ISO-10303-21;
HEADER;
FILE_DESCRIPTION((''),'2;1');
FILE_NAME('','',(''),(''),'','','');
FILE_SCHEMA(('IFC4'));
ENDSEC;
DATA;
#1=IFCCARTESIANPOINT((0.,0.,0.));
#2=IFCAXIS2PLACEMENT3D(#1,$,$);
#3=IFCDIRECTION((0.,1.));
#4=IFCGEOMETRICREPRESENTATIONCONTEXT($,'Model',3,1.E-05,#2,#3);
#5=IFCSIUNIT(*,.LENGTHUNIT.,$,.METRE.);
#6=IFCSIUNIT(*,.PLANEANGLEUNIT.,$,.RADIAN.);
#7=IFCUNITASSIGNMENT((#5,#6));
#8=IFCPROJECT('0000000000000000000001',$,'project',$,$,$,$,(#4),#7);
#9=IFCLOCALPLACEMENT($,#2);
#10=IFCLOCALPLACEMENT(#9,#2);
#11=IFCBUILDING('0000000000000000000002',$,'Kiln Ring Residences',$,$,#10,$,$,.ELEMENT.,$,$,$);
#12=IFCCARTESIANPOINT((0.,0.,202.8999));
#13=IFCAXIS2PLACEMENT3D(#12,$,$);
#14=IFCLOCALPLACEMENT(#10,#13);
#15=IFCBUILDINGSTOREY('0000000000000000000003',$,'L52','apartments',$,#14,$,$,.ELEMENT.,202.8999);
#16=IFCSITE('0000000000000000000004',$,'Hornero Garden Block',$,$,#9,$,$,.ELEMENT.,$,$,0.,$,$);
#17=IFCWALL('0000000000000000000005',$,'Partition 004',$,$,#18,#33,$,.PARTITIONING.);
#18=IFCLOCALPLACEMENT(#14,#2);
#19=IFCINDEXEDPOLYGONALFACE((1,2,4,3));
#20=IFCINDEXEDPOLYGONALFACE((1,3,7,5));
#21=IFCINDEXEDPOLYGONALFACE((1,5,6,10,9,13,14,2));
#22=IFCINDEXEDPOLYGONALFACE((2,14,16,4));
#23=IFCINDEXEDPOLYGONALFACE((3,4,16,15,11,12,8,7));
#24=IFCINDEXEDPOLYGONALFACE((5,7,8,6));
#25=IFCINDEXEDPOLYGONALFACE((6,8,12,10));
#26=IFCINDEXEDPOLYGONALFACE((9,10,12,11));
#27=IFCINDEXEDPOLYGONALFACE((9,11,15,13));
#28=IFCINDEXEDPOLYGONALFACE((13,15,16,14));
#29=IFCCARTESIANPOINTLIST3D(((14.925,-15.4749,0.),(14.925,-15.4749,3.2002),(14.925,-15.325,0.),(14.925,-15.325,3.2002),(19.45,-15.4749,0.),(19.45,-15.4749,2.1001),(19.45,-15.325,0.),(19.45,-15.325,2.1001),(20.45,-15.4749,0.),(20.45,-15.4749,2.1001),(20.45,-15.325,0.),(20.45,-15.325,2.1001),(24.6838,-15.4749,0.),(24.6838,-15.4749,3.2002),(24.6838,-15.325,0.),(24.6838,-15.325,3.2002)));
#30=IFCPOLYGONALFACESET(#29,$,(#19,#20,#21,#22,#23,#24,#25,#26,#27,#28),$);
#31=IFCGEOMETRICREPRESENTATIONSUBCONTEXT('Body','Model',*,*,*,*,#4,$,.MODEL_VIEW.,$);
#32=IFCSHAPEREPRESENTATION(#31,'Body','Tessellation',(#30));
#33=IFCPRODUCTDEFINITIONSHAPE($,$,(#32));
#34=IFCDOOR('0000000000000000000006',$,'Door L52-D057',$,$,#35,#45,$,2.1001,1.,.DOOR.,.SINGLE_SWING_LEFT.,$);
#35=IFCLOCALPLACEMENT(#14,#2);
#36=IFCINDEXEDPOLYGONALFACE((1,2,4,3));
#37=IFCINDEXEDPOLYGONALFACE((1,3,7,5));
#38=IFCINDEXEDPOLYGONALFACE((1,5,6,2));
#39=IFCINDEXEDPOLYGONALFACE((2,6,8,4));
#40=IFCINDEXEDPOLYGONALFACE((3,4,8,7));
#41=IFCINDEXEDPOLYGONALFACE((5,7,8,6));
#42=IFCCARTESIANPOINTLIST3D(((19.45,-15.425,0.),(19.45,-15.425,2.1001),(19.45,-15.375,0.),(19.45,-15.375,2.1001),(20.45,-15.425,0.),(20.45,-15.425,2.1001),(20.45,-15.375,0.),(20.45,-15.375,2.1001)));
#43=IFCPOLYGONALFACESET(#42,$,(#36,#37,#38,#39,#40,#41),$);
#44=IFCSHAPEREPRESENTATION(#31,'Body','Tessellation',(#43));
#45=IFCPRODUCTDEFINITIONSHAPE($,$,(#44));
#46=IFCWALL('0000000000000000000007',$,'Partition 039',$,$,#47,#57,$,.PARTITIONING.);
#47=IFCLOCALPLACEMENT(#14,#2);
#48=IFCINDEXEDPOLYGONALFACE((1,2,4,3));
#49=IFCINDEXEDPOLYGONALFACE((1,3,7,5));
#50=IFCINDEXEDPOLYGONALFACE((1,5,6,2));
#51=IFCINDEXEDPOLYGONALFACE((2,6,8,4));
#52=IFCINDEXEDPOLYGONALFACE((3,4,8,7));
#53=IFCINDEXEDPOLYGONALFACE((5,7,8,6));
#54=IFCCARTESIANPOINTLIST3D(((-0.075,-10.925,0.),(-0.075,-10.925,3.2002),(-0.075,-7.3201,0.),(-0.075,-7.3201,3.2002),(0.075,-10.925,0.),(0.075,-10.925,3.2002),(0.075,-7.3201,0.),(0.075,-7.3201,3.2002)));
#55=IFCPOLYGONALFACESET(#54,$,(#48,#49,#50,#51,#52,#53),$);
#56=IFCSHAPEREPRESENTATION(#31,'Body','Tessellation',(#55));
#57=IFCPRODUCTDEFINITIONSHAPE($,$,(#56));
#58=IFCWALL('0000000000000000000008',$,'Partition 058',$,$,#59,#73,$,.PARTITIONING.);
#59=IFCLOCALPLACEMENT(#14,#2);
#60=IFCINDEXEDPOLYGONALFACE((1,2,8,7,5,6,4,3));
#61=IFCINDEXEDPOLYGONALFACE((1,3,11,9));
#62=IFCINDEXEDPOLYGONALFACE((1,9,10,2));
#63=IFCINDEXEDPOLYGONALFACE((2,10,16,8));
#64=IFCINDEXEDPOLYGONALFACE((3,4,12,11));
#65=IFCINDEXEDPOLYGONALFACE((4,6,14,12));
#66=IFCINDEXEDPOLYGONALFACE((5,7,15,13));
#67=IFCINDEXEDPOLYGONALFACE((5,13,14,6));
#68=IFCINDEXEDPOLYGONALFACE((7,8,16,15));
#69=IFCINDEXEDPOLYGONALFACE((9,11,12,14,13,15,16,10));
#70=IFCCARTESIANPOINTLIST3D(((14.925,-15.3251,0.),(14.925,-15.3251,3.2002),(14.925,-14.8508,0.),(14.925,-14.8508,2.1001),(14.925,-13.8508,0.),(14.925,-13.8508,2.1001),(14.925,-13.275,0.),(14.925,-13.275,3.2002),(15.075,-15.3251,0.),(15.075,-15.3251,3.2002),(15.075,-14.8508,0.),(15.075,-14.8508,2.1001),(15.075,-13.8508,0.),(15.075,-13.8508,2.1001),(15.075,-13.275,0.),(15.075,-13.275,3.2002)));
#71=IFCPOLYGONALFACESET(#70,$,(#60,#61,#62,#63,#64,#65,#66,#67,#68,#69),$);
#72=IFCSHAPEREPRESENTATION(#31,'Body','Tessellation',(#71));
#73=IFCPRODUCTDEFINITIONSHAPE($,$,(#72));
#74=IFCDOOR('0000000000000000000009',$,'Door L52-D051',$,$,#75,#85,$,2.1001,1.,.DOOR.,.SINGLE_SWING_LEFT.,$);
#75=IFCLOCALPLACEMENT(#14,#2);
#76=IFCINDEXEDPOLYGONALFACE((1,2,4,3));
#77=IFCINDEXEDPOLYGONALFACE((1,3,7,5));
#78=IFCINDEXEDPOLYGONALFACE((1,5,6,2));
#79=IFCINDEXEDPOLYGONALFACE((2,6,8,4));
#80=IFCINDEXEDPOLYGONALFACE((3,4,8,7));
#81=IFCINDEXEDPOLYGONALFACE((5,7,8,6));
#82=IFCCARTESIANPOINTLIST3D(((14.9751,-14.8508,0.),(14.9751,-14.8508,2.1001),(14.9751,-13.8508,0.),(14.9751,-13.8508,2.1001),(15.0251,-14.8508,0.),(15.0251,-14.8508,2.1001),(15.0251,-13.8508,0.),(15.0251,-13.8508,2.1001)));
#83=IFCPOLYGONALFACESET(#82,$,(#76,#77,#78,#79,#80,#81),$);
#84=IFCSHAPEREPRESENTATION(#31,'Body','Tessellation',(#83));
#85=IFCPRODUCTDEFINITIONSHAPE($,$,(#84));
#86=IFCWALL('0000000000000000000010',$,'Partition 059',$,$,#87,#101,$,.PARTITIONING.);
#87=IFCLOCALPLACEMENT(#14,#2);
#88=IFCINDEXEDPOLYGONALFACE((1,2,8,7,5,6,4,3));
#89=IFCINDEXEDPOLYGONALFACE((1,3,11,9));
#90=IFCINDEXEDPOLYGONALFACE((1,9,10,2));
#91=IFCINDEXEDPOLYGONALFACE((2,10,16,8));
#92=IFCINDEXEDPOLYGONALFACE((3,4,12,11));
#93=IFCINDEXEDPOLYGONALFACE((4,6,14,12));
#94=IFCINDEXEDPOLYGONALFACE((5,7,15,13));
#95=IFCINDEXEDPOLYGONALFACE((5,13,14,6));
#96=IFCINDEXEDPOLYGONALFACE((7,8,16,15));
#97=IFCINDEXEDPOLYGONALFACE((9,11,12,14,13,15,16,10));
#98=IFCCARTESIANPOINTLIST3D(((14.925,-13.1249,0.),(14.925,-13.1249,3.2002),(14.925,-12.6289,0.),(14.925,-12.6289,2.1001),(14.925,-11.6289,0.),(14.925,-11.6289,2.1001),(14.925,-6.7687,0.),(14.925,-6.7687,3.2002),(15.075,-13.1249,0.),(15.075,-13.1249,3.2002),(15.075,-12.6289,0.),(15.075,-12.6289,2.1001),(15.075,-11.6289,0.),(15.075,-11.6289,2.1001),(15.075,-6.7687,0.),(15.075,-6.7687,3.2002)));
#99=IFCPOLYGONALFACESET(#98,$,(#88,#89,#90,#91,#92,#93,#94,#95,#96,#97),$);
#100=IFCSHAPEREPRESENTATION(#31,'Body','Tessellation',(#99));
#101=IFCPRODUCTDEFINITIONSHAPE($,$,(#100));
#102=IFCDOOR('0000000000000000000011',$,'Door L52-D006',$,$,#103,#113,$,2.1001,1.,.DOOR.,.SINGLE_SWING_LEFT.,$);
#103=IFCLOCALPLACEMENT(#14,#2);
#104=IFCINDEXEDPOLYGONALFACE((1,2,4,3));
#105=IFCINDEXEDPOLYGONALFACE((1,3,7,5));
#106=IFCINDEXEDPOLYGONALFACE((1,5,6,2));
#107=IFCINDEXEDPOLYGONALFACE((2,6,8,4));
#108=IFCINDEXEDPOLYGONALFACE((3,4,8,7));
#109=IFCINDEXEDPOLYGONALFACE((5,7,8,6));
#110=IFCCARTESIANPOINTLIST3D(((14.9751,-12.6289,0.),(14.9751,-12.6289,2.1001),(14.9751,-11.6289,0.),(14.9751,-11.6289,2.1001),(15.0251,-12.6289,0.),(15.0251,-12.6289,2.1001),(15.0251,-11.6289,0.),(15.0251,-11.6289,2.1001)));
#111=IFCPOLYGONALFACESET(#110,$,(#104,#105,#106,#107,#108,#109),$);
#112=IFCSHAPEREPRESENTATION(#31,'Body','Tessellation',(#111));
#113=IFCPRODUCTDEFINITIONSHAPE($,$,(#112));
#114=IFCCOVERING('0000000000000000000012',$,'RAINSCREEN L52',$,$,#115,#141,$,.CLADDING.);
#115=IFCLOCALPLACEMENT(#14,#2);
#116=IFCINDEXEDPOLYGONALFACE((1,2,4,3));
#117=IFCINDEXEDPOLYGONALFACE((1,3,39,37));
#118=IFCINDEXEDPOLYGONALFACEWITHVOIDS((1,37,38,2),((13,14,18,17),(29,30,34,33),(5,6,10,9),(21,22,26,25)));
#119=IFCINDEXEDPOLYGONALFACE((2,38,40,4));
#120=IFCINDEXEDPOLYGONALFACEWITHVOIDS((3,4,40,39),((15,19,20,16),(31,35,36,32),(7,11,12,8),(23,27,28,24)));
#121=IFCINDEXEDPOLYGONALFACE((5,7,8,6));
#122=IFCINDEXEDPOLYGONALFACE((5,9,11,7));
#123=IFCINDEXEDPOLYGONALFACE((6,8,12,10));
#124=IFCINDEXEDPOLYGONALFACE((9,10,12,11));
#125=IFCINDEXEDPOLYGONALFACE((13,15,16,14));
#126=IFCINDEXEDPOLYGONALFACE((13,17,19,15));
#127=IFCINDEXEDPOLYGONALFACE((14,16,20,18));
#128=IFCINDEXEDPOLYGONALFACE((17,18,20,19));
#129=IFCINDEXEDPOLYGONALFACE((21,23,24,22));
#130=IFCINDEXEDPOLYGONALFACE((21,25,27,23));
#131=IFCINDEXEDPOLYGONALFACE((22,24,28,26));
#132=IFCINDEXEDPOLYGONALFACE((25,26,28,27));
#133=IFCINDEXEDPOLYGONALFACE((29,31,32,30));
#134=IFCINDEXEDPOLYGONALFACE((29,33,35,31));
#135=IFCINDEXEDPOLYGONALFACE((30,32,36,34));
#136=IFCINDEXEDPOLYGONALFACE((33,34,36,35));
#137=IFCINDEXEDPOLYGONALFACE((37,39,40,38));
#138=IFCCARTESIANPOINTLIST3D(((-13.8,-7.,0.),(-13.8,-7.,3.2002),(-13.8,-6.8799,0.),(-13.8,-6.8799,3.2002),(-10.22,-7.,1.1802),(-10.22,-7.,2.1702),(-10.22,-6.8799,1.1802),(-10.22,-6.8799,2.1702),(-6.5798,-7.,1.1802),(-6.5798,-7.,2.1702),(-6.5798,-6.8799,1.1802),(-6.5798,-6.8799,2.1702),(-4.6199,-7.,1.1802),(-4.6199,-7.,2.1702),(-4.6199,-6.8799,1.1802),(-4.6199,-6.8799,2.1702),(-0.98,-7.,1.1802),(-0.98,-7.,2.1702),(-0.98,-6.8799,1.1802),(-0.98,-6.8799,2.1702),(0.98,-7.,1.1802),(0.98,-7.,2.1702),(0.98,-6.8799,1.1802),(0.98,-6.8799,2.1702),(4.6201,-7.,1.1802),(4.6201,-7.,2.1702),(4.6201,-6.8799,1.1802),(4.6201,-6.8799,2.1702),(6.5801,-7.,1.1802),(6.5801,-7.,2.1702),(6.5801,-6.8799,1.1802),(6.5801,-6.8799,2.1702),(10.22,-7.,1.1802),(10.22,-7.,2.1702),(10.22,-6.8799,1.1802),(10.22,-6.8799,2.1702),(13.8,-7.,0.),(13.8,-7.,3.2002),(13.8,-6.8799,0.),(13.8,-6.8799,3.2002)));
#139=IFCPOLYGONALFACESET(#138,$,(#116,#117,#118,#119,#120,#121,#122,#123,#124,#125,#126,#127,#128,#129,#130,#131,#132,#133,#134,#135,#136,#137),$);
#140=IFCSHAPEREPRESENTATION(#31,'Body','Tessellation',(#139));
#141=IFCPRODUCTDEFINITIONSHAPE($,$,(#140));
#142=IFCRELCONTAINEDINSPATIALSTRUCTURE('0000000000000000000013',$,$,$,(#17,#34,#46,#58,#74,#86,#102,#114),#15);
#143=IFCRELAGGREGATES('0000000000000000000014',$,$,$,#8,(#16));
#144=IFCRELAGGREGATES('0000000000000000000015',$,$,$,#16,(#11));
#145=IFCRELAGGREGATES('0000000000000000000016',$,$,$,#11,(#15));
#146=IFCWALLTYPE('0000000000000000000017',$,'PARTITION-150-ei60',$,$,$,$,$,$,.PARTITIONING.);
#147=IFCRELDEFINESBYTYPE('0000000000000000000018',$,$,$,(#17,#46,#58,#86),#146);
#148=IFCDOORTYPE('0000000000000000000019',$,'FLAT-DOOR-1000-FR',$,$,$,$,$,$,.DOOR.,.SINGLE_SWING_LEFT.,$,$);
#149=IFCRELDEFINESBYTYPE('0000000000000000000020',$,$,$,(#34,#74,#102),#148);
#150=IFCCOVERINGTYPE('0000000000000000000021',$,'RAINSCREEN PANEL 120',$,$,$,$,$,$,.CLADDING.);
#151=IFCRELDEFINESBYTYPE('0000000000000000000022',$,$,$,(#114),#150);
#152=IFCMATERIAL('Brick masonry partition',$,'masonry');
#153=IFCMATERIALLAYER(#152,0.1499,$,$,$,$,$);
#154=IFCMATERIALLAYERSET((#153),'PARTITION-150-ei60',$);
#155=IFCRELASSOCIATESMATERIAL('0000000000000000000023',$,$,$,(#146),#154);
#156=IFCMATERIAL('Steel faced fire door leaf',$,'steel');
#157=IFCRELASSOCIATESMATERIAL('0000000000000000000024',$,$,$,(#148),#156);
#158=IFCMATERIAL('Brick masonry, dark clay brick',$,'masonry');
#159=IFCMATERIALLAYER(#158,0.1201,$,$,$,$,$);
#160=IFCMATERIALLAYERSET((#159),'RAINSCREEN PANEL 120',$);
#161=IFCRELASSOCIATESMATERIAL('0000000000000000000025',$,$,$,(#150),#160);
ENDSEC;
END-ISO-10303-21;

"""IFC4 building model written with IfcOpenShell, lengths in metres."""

from ifc_helpers import new_model, si_unit, direction, frame, frame_2d, origin, place, context, subcontext, project, spatial, polyline, rectangle, outline, extrude, material, layer, layer_set, type_object, element, fill, save


model = new_model("IFC4")

# Units and contexts
model_context = context("Model", 3, precision=1e-05, world=origin(), true_north=direction((0.0, 1.0)))
body_context = subcontext(model_context, "Body", "Model", "MODEL_VIEW")
ifc_project = project(units=[si_unit("LENGTHUNIT", "METRE"), si_unit("PLANEANGLEUNIT", "RADIAN")], contexts=[model_context])

# Site, building, storey
site_placement = place(None, origin())
site = spatial("IfcSite", under=ifc_project, at=site_placement, Name="Hornero Garden Block", CompositionType="ELEMENT", RefElevation=0.0)
building_placement = place(site_placement, origin())
building = spatial("IfcBuilding", under=site, at=building_placement, Name="Kiln Ring Residences", CompositionType="ELEMENT")
storey_placement = place(building_placement, frame((0.0, 0.0, 202.8999)))
storey = spatial("IfcBuildingStorey", under=building, at=storey_placement, Name="L52", Description="apartments", CompositionType="ELEMENT", Elevation=202.8999)

# Wall, opening, door
ifc_material_1 = material(Name="Brick masonry partition", Category="masonry")
ifc_layer_1 = layer(ifc_material_1, 0.1499)
ifc_layer_set_1 = layer_set([ifc_layer_1], Name="PARTITION-150-ei60")
wall_type_1 = type_object("IfcWallType", Name="PARTITION-150-ei60", PredefinedType="PARTITIONING", material=ifc_layer_set_1)
wall_1_placement = place(storey_placement, frame((14.925, -15.3999, 0.0), z_axis=(0.0, 0.0, 1.0), x_axis=(1.0, 0.0, 0.0)))
wall_1 = element("IfcWall", 1, at=wall_1_placement, inside=storey, type_object=wall_type_1, Name="Partition 004", PredefinedType="PARTITIONING", context=body_context, shape_type="SweptSolid", body=[
    extrude(rectangle(XDim=9.7588, YDim=0.1499, at=frame_2d((4.8794, 0.0))), origin(), (0.0, 0.0, 1.0), 3.2002),
])
opening_1_placement = place(wall_1_placement, frame((4.5249, 0.0, 0.0)))
opening_1 = element("IfcOpeningElement", 2, at=opening_1_placement, cuts=wall_1, PredefinedType="OPENING", context=body_context, shape_type="SweptSolid", body=[
    extrude(rectangle(XDim=1.0, YDim=2.1001, at=frame_2d((0.5, 1.05))), frame((0.0, 0.085, 0.0), z_axis=(0.0, -1.0, 0.0), x_axis=(1.0, 0.0, 0.0)), (0.0, 0.0, 1.0), 0.1699),
])
ifc_material_2 = material(Name="Steel faced fire door leaf", Category="steel")
door_type_1 = type_object("IfcDoorType", Name="FLAT-DOOR-1000-FR", OperationType="SINGLE_SWING_LEFT", PredefinedType="DOOR", material=ifc_material_2)
door_1_placement = place(opening_1_placement, origin())
door_1 = element("IfcDoor", 3, at=door_1_placement, inside=storey, type_object=door_type_1, Name="Door L52-D057", OperationType="SINGLE_SWING_LEFT", OverallHeight=2.1001, OverallWidth=1.0, PredefinedType="DOOR", context=body_context, shape_type="SweptSolid", body=[
    extrude(rectangle(XDim=1.0, YDim=2.1001, at=frame_2d((0.5, 1.05))), frame((0.0, 0.0249, 0.0), z_axis=(0.0, -1.0, 0.0), x_axis=(1.0, 0.0, 0.0)), (0.0, 0.0, 1.0), 0.05),
])
fill(opening_1, door_1)

# Wall
wall_2_placement = place(storey_placement, frame((0.0, -10.925, 0.0), z_axis=(0.0, 0.0, 1.0), x_axis=(0.0, 1.0, 0.0)))
element("IfcWall", 4, at=wall_2_placement, inside=storey, type_object=wall_type_1, Name="Partition 039", PredefinedType="PARTITIONING", context=body_context, shape_type="SweptSolid", body=[
    extrude(rectangle(XDim=3.605, YDim=0.1499, at=frame_2d((1.8025, 0.0))), origin(), (0.0, 0.0, 1.0), 3.2002),
])

# Walls, openings, doors
wall_3_placement = place(storey_placement, frame((15.0, -15.325, 0.0), z_axis=(0.0, 0.0, 1.0), x_axis=(0.0, 1.0, 0.0)))
wall_3 = element("IfcWall", 5, at=wall_3_placement, inside=storey, type_object=wall_type_1, Name="Partition 058", PredefinedType="PARTITIONING", context=body_context, shape_type="SweptSolid", body=[
    extrude(rectangle(XDim=2.05, YDim=0.1499, at=frame_2d((1.0249, 0.0))), origin(), (0.0, 0.0, 1.0), 3.2002),
])
opening_2_placement = place(wall_3_placement, frame((0.4741, 0.0, 0.0)))
opening_2 = element("IfcOpeningElement", 6, at=opening_2_placement, cuts=wall_3, PredefinedType="OPENING", context=body_context, shape_type="SweptSolid", body=[
    extrude(rectangle(XDim=1.0, YDim=2.1001, at=frame_2d((0.5, 1.05))), frame((0.0, 0.085, 0.0), z_axis=(0.0, -1.0, 0.0), x_axis=(1.0, 0.0, 0.0)), (0.0, 0.0, 1.0), 0.1699),
])
door_2_placement = place(opening_2_placement, origin())
door_2 = element("IfcDoor", 7, at=door_2_placement, inside=storey, type_object=door_type_1, Name="Door L52-D051", OperationType="SINGLE_SWING_LEFT", OverallHeight=2.1001, OverallWidth=1.0, PredefinedType="DOOR", context=body_context, shape_type="SweptSolid", body=[
    extrude(rectangle(XDim=1.0, YDim=2.1001, at=frame_2d((0.5, 1.05))), frame((0.0, 0.0249, 0.0), z_axis=(0.0, -1.0, 0.0), x_axis=(1.0, 0.0, 0.0)), (0.0, 0.0, 1.0), 0.05),
])
fill(opening_2, door_2)
wall_4_placement = place(storey_placement, frame((15.0, -13.125, 0.0), z_axis=(0.0, 0.0, 1.0), x_axis=(0.0, 1.0, 0.0)))
wall_4 = element("IfcWall", 8, at=wall_4_placement, inside=storey, type_object=wall_type_1, Name="Partition 059", PredefinedType="PARTITIONING", context=body_context, shape_type="SweptSolid", body=[
    extrude(rectangle(XDim=6.3562, YDim=0.1499, at=frame_2d((3.1782, 0.0))), origin(), (0.0, 0.0, 1.0), 3.2002),
])
opening_3_placement = place(wall_4_placement, frame((0.4961, 0.0, 0.0)))
opening_3 = element("IfcOpeningElement", 9, at=opening_3_placement, cuts=wall_4, PredefinedType="OPENING", context=body_context, shape_type="SweptSolid", body=[
    extrude(rectangle(XDim=1.0, YDim=2.1001, at=frame_2d((0.5, 1.05))), frame((0.0, 0.085, 0.0), z_axis=(0.0, -1.0, 0.0), x_axis=(1.0, 0.0, 0.0)), (0.0, 0.0, 1.0), 0.1699),
])
door_3_placement = place(opening_3_placement, origin())
door_3 = element("IfcDoor", 10, at=door_3_placement, inside=storey, type_object=door_type_1, Name="Door L52-D006", OperationType="SINGLE_SWING_LEFT", OverallHeight=2.1001, OverallWidth=1.0, PredefinedType="DOOR", context=body_context, shape_type="SweptSolid", body=[
    extrude(rectangle(XDim=1.0, YDim=2.1001, at=frame_2d((0.5, 1.05))), frame((0.0, 0.0249, 0.0), z_axis=(0.0, -1.0, 0.0), x_axis=(1.0, 0.0, 0.0)), (0.0, 0.0, 1.0), 0.05),
])
fill(opening_3, door_3)

# Covering
ifc_material_3 = material(Name="Brick masonry, dark clay brick", Category="masonry")
ifc_layer_2 = layer(ifc_material_3, 0.1201)
ifc_layer_set_2 = layer_set([ifc_layer_2], Name="RAINSCREEN PANEL 120")
covering_type = type_object("IfcCoveringType", Name="RAINSCREEN PANEL 120", PredefinedType="CLADDING", material=ifc_layer_set_2)
covering_placement = place(storey_placement, frame((13.8, -6.9399, 0.0), z_axis=(0.0, 0.0, 1.0), x_axis=(-1.0, 0.0, 0.0)))
element("IfcCovering", 11, at=covering_placement, inside=storey, type_object=covering_type, Name="RAINSCREEN L52", PredefinedType="CLADDING", context=body_context, shape_type="SweptSolid", body=[
    extrude(outline(polyline([(0.0, 0.0), (27.6001, 0.0), (27.6001, 3.2002), (0.0, 3.2002), (0.0, 0.0)]), holes=[polyline([(7.22, 1.1802), (7.22, 2.1702), (3.5801, 2.1702), (3.5801, 1.1802), (7.22, 1.1802)]), polyline([(12.8201, 1.1802), (12.8201, 2.1702), (9.1799, 2.1702), (9.1799, 1.1802), (12.8201, 1.1802)]), polyline([(18.4199, 1.1802), (18.4199, 2.1702), (14.78, 2.1702), (14.78, 1.1802), (18.4199, 1.1802)]), polyline([(24.02, 1.1802), (24.02, 2.1702), (20.3799, 2.1702), (20.3799, 1.1802), (24.02, 1.1802)])]), frame((0.0, 0.0601, 0.0), z_axis=(0.0, -1.0, 0.0), x_axis=(1.0, 0.0, 0.0)), (0.0, 0.0, 1.0), 0.1201),
])

save(model, "model.ifc")
